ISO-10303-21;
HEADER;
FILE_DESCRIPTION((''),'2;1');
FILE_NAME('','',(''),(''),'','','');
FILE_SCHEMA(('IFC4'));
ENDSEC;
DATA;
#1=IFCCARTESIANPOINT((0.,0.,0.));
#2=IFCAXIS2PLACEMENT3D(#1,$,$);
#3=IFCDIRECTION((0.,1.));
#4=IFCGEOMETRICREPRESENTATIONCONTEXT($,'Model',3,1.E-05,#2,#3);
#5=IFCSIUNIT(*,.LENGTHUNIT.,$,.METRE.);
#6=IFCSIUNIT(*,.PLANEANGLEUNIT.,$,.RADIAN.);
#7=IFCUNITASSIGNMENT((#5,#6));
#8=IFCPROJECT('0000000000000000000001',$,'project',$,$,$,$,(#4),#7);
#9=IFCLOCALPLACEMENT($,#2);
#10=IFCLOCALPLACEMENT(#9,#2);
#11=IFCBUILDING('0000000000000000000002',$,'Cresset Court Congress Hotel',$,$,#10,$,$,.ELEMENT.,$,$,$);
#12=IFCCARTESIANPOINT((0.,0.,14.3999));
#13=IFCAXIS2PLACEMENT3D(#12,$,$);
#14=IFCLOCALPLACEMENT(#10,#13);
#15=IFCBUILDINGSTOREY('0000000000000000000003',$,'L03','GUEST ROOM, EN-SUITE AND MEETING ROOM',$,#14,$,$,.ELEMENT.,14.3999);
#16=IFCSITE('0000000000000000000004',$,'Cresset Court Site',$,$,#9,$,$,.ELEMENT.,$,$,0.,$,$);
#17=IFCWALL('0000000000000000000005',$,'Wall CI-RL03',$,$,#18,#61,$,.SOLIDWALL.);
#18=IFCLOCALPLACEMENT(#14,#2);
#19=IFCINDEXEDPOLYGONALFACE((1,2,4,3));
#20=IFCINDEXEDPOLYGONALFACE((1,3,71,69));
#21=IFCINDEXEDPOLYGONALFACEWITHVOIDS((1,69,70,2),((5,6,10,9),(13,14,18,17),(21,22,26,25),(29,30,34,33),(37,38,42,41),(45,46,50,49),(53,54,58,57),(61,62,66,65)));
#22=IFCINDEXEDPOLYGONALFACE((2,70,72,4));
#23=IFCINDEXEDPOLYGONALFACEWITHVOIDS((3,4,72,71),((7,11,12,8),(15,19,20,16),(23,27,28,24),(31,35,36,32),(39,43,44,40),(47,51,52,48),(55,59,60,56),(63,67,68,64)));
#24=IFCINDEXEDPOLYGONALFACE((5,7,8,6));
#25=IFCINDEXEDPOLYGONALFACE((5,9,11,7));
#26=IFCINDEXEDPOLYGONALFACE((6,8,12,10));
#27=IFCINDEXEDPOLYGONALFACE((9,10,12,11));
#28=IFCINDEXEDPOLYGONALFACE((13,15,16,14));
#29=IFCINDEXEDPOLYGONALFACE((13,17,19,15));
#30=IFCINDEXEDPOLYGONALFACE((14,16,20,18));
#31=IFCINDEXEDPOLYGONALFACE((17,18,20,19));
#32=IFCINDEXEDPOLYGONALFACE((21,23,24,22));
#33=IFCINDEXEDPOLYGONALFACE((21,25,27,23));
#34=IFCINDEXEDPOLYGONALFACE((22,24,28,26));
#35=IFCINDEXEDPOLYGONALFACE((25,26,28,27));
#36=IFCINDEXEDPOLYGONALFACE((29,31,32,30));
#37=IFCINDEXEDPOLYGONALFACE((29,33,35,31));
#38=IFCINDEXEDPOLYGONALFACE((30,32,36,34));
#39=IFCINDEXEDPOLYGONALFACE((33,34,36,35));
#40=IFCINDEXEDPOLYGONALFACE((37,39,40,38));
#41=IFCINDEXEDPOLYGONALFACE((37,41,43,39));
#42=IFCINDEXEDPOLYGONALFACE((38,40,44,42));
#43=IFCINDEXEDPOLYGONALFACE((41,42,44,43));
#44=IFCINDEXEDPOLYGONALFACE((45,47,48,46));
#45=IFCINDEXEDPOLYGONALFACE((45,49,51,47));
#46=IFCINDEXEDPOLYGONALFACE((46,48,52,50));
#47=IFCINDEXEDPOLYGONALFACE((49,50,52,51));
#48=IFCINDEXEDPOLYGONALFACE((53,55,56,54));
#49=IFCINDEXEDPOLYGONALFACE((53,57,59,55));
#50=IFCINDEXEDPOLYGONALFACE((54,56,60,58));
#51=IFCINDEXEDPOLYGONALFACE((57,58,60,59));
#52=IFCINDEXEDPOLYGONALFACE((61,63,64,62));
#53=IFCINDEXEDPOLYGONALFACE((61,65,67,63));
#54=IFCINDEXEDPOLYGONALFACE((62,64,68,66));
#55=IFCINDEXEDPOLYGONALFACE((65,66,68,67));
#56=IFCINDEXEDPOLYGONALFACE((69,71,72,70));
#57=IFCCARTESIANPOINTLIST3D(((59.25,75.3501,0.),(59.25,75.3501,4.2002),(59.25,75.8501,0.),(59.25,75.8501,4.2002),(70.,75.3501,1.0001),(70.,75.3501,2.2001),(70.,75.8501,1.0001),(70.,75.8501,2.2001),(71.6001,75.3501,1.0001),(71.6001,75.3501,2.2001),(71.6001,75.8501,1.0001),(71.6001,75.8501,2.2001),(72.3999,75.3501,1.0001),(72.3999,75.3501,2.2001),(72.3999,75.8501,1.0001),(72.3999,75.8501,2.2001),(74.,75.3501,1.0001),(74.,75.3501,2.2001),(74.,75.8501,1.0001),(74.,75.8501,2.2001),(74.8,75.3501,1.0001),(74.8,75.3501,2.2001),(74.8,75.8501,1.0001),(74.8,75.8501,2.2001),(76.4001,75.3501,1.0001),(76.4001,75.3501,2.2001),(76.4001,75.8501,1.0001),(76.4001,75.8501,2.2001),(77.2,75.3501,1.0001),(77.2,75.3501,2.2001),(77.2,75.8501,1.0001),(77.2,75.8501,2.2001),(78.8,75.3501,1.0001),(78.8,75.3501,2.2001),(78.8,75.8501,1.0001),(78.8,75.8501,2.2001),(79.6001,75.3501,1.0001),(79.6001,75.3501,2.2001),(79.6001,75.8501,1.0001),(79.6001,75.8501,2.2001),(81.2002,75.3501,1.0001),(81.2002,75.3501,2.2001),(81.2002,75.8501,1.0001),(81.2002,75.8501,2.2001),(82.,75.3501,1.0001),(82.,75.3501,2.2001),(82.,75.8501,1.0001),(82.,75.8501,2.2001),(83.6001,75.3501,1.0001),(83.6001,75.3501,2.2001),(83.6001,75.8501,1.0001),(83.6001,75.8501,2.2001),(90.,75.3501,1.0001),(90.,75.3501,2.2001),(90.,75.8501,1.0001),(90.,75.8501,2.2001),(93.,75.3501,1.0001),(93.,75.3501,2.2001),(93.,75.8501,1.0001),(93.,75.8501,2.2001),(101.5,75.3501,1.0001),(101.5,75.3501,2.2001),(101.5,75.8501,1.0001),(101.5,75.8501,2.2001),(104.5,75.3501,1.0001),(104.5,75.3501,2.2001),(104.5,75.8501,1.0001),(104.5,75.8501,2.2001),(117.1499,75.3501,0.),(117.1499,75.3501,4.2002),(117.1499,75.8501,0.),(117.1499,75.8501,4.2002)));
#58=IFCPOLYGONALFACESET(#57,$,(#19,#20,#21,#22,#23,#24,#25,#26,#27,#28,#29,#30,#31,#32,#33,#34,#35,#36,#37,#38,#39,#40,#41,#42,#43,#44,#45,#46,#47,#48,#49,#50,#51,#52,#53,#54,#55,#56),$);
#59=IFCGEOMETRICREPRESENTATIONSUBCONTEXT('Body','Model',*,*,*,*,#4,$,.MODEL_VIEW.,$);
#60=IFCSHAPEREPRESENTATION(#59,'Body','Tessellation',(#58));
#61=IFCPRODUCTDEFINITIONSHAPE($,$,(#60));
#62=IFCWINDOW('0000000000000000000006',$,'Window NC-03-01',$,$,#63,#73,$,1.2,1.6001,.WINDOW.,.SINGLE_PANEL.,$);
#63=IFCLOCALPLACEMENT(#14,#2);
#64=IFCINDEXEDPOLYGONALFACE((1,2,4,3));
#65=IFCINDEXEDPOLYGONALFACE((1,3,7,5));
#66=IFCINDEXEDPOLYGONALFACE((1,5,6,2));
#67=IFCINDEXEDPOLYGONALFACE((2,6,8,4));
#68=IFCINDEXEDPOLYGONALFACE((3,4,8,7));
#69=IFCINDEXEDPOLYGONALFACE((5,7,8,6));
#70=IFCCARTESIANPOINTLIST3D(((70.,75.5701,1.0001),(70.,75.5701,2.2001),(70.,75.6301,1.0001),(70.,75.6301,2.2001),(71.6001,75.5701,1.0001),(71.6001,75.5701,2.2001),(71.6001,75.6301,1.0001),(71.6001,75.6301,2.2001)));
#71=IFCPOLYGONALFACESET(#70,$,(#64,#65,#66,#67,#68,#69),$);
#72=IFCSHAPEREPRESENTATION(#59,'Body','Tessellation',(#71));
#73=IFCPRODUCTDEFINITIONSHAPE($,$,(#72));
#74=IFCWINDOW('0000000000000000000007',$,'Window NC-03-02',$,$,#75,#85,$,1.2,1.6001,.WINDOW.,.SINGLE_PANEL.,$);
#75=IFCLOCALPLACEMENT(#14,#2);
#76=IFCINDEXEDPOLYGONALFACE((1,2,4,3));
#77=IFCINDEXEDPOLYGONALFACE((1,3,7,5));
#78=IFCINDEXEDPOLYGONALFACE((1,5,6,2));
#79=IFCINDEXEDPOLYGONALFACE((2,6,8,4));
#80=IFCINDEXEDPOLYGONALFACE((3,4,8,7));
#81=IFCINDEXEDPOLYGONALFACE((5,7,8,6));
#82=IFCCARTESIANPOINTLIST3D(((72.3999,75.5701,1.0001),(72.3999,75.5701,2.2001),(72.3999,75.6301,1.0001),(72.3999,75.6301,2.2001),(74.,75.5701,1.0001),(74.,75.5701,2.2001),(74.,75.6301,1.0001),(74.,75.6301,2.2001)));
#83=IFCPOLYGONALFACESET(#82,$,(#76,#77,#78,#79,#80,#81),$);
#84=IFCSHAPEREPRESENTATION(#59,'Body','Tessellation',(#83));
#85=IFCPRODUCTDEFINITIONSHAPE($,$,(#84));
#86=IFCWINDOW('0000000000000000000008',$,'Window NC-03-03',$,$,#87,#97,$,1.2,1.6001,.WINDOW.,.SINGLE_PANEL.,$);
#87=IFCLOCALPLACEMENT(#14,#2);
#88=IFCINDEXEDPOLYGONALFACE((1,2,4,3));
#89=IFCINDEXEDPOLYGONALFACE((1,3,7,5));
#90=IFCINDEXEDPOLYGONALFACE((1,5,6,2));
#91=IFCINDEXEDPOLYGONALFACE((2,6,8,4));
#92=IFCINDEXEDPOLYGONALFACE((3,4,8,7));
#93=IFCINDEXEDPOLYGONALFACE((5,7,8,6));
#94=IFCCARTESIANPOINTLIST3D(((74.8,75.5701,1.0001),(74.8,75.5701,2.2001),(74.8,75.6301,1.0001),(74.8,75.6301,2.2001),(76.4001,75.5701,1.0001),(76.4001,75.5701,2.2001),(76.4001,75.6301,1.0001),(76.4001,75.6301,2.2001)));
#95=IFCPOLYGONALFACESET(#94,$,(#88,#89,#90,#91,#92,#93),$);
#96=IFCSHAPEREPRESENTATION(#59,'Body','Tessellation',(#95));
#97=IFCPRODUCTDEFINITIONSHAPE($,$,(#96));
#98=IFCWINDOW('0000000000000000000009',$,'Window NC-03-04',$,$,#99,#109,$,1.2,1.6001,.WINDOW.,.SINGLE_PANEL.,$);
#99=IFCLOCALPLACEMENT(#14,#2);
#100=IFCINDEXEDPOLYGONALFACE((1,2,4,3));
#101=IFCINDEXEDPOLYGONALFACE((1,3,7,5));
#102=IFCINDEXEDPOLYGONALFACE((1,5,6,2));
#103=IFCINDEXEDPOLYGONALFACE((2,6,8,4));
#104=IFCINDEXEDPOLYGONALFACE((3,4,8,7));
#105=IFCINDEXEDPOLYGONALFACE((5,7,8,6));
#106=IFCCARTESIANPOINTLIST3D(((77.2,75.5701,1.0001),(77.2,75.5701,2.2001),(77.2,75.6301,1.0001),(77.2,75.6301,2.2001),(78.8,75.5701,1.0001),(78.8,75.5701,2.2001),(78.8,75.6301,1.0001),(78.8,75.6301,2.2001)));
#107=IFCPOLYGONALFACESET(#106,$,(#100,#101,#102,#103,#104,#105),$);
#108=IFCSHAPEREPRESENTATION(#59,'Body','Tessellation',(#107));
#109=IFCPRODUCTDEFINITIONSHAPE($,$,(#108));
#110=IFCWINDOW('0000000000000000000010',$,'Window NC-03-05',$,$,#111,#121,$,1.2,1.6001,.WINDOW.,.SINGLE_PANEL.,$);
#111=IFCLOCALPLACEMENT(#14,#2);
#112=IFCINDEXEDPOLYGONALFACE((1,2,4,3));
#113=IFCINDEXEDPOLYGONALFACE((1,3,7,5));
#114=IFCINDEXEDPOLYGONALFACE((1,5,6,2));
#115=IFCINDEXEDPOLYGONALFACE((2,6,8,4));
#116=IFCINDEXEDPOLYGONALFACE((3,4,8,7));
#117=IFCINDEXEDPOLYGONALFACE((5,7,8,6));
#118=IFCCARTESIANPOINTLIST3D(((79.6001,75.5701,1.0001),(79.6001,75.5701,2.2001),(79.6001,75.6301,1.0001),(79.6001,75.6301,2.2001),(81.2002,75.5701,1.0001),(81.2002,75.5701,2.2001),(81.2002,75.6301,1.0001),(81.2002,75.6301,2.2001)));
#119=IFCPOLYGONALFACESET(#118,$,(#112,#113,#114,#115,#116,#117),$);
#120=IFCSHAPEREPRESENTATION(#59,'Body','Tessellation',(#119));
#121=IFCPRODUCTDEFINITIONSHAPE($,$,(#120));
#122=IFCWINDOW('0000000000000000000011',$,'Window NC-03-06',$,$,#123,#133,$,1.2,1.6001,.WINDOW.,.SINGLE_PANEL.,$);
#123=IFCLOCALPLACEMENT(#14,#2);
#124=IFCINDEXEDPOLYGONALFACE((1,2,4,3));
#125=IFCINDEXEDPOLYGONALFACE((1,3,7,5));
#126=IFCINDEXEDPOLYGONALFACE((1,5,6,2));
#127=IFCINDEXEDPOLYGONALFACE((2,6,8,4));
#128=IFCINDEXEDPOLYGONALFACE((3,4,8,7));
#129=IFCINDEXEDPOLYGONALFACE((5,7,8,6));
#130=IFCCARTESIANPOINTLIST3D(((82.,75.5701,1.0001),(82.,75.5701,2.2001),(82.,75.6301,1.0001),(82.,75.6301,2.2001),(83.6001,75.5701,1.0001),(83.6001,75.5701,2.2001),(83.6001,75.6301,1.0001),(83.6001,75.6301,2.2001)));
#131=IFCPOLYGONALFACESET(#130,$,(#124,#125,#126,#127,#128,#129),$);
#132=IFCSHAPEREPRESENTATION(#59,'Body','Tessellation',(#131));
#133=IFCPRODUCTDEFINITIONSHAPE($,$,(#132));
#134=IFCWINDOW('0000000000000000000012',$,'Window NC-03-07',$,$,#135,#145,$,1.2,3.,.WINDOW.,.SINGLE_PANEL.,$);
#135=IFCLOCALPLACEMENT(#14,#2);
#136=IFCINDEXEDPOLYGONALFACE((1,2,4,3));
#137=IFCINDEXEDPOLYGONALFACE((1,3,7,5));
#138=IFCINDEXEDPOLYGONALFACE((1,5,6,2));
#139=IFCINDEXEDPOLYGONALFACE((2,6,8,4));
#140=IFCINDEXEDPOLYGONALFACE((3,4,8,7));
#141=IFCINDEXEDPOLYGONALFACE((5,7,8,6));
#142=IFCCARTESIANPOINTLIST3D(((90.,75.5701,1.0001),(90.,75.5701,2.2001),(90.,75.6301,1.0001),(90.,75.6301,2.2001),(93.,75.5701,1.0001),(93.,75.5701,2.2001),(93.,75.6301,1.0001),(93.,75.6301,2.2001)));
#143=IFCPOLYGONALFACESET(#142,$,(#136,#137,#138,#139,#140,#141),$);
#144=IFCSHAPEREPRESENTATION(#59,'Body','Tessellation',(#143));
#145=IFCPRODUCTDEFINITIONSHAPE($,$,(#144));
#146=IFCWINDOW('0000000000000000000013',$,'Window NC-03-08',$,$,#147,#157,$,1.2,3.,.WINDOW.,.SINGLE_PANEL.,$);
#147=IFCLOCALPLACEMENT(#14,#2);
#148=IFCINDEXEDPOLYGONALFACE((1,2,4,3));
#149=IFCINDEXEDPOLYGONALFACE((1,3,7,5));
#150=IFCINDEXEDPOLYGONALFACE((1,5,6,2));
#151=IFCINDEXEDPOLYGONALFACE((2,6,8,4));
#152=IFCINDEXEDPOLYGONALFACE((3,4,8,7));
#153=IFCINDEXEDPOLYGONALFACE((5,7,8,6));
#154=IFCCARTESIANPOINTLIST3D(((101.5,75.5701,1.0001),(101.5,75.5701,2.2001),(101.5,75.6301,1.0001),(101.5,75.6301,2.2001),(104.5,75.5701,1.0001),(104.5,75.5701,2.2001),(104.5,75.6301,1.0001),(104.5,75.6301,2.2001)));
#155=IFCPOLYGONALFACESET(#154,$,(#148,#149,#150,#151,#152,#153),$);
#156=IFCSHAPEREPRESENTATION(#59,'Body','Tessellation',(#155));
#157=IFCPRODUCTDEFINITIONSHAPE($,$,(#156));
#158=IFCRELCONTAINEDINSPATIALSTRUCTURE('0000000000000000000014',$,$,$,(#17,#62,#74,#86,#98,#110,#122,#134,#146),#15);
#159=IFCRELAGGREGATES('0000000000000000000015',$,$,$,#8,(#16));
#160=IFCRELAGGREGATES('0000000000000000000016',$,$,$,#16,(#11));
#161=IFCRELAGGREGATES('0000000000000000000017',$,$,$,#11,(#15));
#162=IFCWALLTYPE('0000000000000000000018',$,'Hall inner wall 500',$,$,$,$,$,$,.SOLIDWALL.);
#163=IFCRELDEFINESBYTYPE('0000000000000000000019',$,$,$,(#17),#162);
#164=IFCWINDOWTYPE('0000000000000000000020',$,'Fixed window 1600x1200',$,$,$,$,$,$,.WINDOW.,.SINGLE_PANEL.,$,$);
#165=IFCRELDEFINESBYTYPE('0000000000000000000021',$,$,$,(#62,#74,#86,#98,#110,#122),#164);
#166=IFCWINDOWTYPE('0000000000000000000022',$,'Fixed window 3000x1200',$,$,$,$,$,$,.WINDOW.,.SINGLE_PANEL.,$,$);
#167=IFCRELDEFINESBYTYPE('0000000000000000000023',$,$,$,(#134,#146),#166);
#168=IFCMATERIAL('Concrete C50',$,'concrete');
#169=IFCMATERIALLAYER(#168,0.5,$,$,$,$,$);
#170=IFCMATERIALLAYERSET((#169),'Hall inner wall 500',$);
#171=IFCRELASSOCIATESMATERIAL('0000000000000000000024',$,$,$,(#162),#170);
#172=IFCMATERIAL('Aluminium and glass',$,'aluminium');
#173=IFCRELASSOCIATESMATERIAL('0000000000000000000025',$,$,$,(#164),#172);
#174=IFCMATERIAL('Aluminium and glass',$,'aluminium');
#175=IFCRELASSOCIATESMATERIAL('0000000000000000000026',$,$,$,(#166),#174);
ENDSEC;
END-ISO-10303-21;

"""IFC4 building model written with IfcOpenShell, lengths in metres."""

from ifc_helpers import new_model, si_unit, direction, frame, frame_2d, origin, place, context, subcontext, project, spatial, rectangle, extrude, material, layer, layer_set, type_object, element, fill, save


model = new_model("IFC4")

# Units and contexts
model_context = context("Model", 3, precision=1e-05, world=origin(), true_north=direction((0.0, 1.0)))
body_context = subcontext(model_context, "Body", "Model", "MODEL_VIEW")
ifc_project = project(units=[si_unit("LENGTHUNIT", "METRE"), si_unit("PLANEANGLEUNIT", "RADIAN")], contexts=[model_context])

# Site, building, storey
site_placement = place(None, origin())
site = spatial("IfcSite", under=ifc_project, at=site_placement, Name="Cresset Court Site", CompositionType="ELEMENT", RefElevation=0.0)
building_placement = place(site_placement, origin())
building = spatial("IfcBuilding", under=site, at=building_placement, Name="Cresset Court Congress Hotel", CompositionType="ELEMENT")
storey_placement = place(building_placement, frame((0.0, 0.0, 14.3999)))
storey = spatial("IfcBuildingStorey", under=building, at=storey_placement, Name="L03", Description="GUEST ROOM, EN-SUITE AND MEETING ROOM", CompositionType="ELEMENT", Elevation=14.3999)

# Wall, openings, windows
ifc_material_1 = material(Name="Concrete C50", Category="concrete")
ifc_layer_1 = layer(ifc_material_1, 0.5)
ifc_layer_set_1 = layer_set([ifc_layer_1], Name="Hall inner wall 500")
wall_type_1 = type_object("IfcWallType", Name="Hall inner wall 500", PredefinedType="SOLIDWALL", material=ifc_layer_set_1)
wall_1_placement = place(storey_placement, frame((59.25, 75.6001, 0.0), z_axis=(0.0, 0.0, 1.0), x_axis=(1.0, 0.0, 0.0)))
wall_1 = element("IfcWall", 1, at=wall_1_placement, inside=storey, type_object=wall_type_1, Name="Wall CI-RL03", PredefinedType="SOLIDWALL", context=body_context, shape_type="SweptSolid", body=[
    extrude(rectangle(XDim=57.8999, YDim=0.5, at=frame_2d((28.95, 0.0))), origin(), (0.0, 0.0, 1.0), 4.2002),
])
opening_1_placement = place(wall_1_placement, frame((10.75, 0.0, 1.0)))
opening_1 = element("IfcOpeningElement", 2, at=opening_1_placement, cuts=wall_1, PredefinedType="OPENING", context=body_context, shape_type="SweptSolid", body=[
    extrude(rectangle(XDim=1.6001, YDim=1.2, at=frame_2d((0.8, 0.6001))), frame((0.0, 0.26, 0.0), z_axis=(0.0, -1.0, 0.0), x_axis=(1.0, 0.0, 0.0)), (0.0, 0.0, 1.0), 0.52),
])
opening_2_placement = place(wall_1_placement, frame((13.1499, 0.0, 1.0)))
opening_2 = element("IfcOpeningElement", 3, at=opening_2_placement, cuts=wall_1, PredefinedType="OPENING", context=body_context, shape_type="SweptSolid", body=[
    extrude(rectangle(XDim=1.6001, YDim=1.2, at=frame_2d((0.8, 0.6001))), frame((0.0, 0.26, 0.0), z_axis=(0.0, -1.0, 0.0), x_axis=(1.0, 0.0, 0.0)), (0.0, 0.0, 1.0), 0.52),
])
opening_3_placement = place(wall_1_placement, frame((15.55, 0.0, 1.0)))
opening_3 = element("IfcOpeningElement", 4, at=opening_3_placement, cuts=wall_1, PredefinedType="OPENING", context=body_context, shape_type="SweptSolid", body=[
    extrude(rectangle(XDim=1.6001, YDim=1.2, at=frame_2d((0.8, 0.6001))), frame((0.0, 0.26, 0.0), z_axis=(0.0, -1.0, 0.0), x_axis=(1.0, 0.0, 0.0)), (0.0, 0.0, 1.0), 0.52),
])
opening_4_placement = place(wall_1_placement, frame((17.95, 0.0, 1.0)))
opening_4 = element("IfcOpeningElement", 5, at=opening_4_placement, cuts=wall_1, PredefinedType="OPENING", context=body_context, shape_type="SweptSolid", body=[
    extrude(rectangle(XDim=1.6001, YDim=1.2, at=frame_2d((0.8, 0.6001))), frame((0.0, 0.26, 0.0), z_axis=(0.0, -1.0, 0.0), x_axis=(1.0, 0.0, 0.0)), (0.0, 0.0, 1.0), 0.52),
])
opening_5_placement = place(wall_1_placement, frame((20.3501, 0.0, 1.0)))
opening_5 = element("IfcOpeningElement", 6, at=opening_5_placement, cuts=wall_1, PredefinedType="OPENING", context=body_context, shape_type="SweptSolid", body=[
    extrude(rectangle(XDim=1.6001, YDim=1.2, at=frame_2d((0.8, 0.6001))), frame((0.0, 0.26, 0.0), z_axis=(0.0, -1.0, 0.0), x_axis=(1.0, 0.0, 0.0)), (0.0, 0.0, 1.0), 0.52),
])
opening_6_placement = place(wall_1_placement, frame((22.75, 0.0, 1.0)))
opening_6 = element("IfcOpeningElement", 7, at=opening_6_placement, cuts=wall_1, PredefinedType="OPENING", context=body_context, shape_type="SweptSolid", body=[
    extrude(rectangle(XDim=1.6001, YDim=1.2, at=frame_2d((0.8, 0.6001))), frame((0.0, 0.26, 0.0), z_axis=(0.0, -1.0, 0.0), x_axis=(1.0, 0.0, 0.0)), (0.0, 0.0, 1.0), 0.52),
])
opening_7_placement = place(wall_1_placement, frame((30.75, 0.0, 1.0)))
opening_7 = element("IfcOpeningElement", 8, at=opening_7_placement, cuts=wall_1, PredefinedType="OPENING", context=body_context, shape_type="SweptSolid", body=[
    extrude(rectangle(XDim=3.0, YDim=1.2, at=frame_2d((1.5, 0.6001))), frame((0.0, 0.26, 0.0), z_axis=(0.0, -1.0, 0.0), x_axis=(1.0, 0.0, 0.0)), (0.0, 0.0, 1.0), 0.52),
])
opening_8_placement = place(wall_1_placement, frame((42.25, 0.0, 1.0)))
opening_8 = element("IfcOpeningElement", 9, at=opening_8_placement, cuts=wall_1, PredefinedType="OPENING", context=body_context, shape_type="SweptSolid", body=[
    extrude(rectangle(XDim=3.0, YDim=1.2, at=frame_2d((1.5, 0.6001))), frame((0.0, 0.26, 0.0), z_axis=(0.0, -1.0, 0.0), x_axis=(1.0, 0.0, 0.0)), (0.0, 0.0, 1.0), 0.52),
])
ifc_material_2 = material(Name="Aluminium and glass", Category="aluminium")
window_type_1 = type_object("IfcWindowType", Name="Fixed window 1600x1200", PartitioningType="SINGLE_PANEL", PredefinedType="WINDOW", material=ifc_material_2)
window_1_placement = place(opening_1_placement, origin())
window_1 = element("IfcWindow", 10, at=window_1_placement, inside=storey, type_object=window_type_1, Name="Window NC-03-01", OverallHeight=1.2, OverallWidth=1.6001, PartitioningType="SINGLE_PANEL", PredefinedType="WINDOW", context=body_context, shape_type="SweptSolid", body=[
    extrude(rectangle(XDim=1.6001, YDim=1.2, at=frame_2d((0.8, 0.6001))), frame((0.0, 0.03, 0.0), z_axis=(0.0, -1.0, 0.0), x_axis=(1.0, 0.0, 0.0)), (0.0, 0.0, 1.0), 0.0601),
])
fill(opening_1, window_1)
window_2_placement = place(opening_2_placement, origin())
window_2 = element("IfcWindow", 11, at=window_2_placement, inside=storey, type_object=window_type_1, Name="Window NC-03-02", OverallHeight=1.2, OverallWidth=1.6001, PartitioningType="SINGLE_PANEL", PredefinedType="WINDOW", context=body_context, shape_type="SweptSolid", body=[
    extrude(rectangle(XDim=1.6001, YDim=1.2, at=frame_2d((0.8, 0.6001))), frame((0.0, 0.03, 0.0), z_axis=(0.0, -1.0, 0.0), x_axis=(1.0, 0.0, 0.0)), (0.0, 0.0, 1.0), 0.0601),
])
fill(opening_2, window_2)
window_3_placement = place(opening_3_placement, origin())
window_3 = element("IfcWindow", 12, at=window_3_placement, inside=storey, type_object=window_type_1, Name="Window NC-03-03", OverallHeight=1.2, OverallWidth=1.6001, PartitioningType="SINGLE_PANEL", PredefinedType="WINDOW", context=body_context, shape_type="SweptSolid", body=[
    extrude(rectangle(XDim=1.6001, YDim=1.2, at=frame_2d((0.8, 0.6001))), frame((0.0, 0.03, 0.0), z_axis=(0.0, -1.0, 0.0), x_axis=(1.0, 0.0, 0.0)), (0.0, 0.0, 1.0), 0.0601),
])
fill(opening_3, window_3)
window_4_placement = place(opening_4_placement, origin())
window_4 = element("IfcWindow", 13, at=window_4_placement, inside=storey, type_object=window_type_1, Name="Window NC-03-04", OverallHeight=1.2, OverallWidth=1.6001, PartitioningType="SINGLE_PANEL", PredefinedType="WINDOW", context=body_context, shape_type="SweptSolid", body=[
    extrude(rectangle(XDim=1.6001, YDim=1.2, at=frame_2d((0.8, 0.6001))), frame((0.0, 0.03, 0.0), z_axis=(0.0, -1.0, 0.0), x_axis=(1.0, 0.0, 0.0)), (0.0, 0.0, 1.0), 0.0601),
])
fill(opening_4, window_4)
window_5_placement = place(opening_5_placement, origin())
window_5 = element("IfcWindow", 14, at=window_5_placement, inside=storey, type_object=window_type_1, Name="Window NC-03-05", OverallHeight=1.2, OverallWidth=1.6001, PartitioningType="SINGLE_PANEL", PredefinedType="WINDOW", context=body_context, shape_type="SweptSolid", body=[
    extrude(rectangle(XDim=1.6001, YDim=1.2, at=frame_2d((0.8, 0.6001))), frame((0.0, 0.03, 0.0), z_axis=(0.0, -1.0, 0.0), x_axis=(1.0, 0.0, 0.0)), (0.0, 0.0, 1.0), 0.0601),
])
fill(opening_5, window_5)
window_6_placement = place(opening_6_placement, origin())
window_6 = element("IfcWindow", 15, at=window_6_placement, inside=storey, type_object=window_type_1, Name="Window NC-03-06", OverallHeight=1.2, OverallWidth=1.6001, PartitioningType="SINGLE_PANEL", PredefinedType="WINDOW", context=body_context, shape_type="SweptSolid", body=[
    extrude(rectangle(XDim=1.6001, YDim=1.2, at=frame_2d((0.8, 0.6001))), frame((0.0, 0.03, 0.0), z_axis=(0.0, -1.0, 0.0), x_axis=(1.0, 0.0, 0.0)), (0.0, 0.0, 1.0), 0.0601),
])
fill(opening_6, window_6)
ifc_material_3 = material(Name="Aluminium and glass", Category="aluminium")
window_type_2 = type_object("IfcWindowType", Name="Fixed window 3000x1200", PartitioningType="SINGLE_PANEL", PredefinedType="WINDOW", material=ifc_material_3)
window_7_placement = place(opening_7_placement, origin())
window_7 = element("IfcWindow", 16, at=window_7_placement, inside=storey, type_object=window_type_2, Name="Window NC-03-07", OverallHeight=1.2, OverallWidth=3.0, PartitioningType="SINGLE_PANEL", PredefinedType="WINDOW", context=body_context, shape_type="SweptSolid", body=[
    extrude(rectangle(XDim=3.0, YDim=1.2, at=frame_2d((1.5, 0.6001))), frame((0.0, 0.03, 0.0), z_axis=(0.0, -1.0, 0.0), x_axis=(1.0, 0.0, 0.0)), (0.0, 0.0, 1.0), 0.0601),
])
fill(opening_7, window_7)
window_8_placement = place(opening_8_placement, origin())
window_8 = element("IfcWindow", 17, at=window_8_placement, inside=storey, type_object=window_type_2, Name="Window NC-03-08", OverallHeight=1.2, OverallWidth=3.0, PartitioningType="SINGLE_PANEL", PredefinedType="WINDOW", context=body_context, shape_type="SweptSolid", body=[
    extrude(rectangle(XDim=3.0, YDim=1.2, at=frame_2d((1.5, 0.6001))), frame((0.0, 0.03, 0.0), z_axis=(0.0, -1.0, 0.0), x_axis=(1.0, 0.0, 0.0)), (0.0, 0.0, 1.0), 0.0601),
])
fill(opening_8, window_8)

save(model, "model.ifc")
